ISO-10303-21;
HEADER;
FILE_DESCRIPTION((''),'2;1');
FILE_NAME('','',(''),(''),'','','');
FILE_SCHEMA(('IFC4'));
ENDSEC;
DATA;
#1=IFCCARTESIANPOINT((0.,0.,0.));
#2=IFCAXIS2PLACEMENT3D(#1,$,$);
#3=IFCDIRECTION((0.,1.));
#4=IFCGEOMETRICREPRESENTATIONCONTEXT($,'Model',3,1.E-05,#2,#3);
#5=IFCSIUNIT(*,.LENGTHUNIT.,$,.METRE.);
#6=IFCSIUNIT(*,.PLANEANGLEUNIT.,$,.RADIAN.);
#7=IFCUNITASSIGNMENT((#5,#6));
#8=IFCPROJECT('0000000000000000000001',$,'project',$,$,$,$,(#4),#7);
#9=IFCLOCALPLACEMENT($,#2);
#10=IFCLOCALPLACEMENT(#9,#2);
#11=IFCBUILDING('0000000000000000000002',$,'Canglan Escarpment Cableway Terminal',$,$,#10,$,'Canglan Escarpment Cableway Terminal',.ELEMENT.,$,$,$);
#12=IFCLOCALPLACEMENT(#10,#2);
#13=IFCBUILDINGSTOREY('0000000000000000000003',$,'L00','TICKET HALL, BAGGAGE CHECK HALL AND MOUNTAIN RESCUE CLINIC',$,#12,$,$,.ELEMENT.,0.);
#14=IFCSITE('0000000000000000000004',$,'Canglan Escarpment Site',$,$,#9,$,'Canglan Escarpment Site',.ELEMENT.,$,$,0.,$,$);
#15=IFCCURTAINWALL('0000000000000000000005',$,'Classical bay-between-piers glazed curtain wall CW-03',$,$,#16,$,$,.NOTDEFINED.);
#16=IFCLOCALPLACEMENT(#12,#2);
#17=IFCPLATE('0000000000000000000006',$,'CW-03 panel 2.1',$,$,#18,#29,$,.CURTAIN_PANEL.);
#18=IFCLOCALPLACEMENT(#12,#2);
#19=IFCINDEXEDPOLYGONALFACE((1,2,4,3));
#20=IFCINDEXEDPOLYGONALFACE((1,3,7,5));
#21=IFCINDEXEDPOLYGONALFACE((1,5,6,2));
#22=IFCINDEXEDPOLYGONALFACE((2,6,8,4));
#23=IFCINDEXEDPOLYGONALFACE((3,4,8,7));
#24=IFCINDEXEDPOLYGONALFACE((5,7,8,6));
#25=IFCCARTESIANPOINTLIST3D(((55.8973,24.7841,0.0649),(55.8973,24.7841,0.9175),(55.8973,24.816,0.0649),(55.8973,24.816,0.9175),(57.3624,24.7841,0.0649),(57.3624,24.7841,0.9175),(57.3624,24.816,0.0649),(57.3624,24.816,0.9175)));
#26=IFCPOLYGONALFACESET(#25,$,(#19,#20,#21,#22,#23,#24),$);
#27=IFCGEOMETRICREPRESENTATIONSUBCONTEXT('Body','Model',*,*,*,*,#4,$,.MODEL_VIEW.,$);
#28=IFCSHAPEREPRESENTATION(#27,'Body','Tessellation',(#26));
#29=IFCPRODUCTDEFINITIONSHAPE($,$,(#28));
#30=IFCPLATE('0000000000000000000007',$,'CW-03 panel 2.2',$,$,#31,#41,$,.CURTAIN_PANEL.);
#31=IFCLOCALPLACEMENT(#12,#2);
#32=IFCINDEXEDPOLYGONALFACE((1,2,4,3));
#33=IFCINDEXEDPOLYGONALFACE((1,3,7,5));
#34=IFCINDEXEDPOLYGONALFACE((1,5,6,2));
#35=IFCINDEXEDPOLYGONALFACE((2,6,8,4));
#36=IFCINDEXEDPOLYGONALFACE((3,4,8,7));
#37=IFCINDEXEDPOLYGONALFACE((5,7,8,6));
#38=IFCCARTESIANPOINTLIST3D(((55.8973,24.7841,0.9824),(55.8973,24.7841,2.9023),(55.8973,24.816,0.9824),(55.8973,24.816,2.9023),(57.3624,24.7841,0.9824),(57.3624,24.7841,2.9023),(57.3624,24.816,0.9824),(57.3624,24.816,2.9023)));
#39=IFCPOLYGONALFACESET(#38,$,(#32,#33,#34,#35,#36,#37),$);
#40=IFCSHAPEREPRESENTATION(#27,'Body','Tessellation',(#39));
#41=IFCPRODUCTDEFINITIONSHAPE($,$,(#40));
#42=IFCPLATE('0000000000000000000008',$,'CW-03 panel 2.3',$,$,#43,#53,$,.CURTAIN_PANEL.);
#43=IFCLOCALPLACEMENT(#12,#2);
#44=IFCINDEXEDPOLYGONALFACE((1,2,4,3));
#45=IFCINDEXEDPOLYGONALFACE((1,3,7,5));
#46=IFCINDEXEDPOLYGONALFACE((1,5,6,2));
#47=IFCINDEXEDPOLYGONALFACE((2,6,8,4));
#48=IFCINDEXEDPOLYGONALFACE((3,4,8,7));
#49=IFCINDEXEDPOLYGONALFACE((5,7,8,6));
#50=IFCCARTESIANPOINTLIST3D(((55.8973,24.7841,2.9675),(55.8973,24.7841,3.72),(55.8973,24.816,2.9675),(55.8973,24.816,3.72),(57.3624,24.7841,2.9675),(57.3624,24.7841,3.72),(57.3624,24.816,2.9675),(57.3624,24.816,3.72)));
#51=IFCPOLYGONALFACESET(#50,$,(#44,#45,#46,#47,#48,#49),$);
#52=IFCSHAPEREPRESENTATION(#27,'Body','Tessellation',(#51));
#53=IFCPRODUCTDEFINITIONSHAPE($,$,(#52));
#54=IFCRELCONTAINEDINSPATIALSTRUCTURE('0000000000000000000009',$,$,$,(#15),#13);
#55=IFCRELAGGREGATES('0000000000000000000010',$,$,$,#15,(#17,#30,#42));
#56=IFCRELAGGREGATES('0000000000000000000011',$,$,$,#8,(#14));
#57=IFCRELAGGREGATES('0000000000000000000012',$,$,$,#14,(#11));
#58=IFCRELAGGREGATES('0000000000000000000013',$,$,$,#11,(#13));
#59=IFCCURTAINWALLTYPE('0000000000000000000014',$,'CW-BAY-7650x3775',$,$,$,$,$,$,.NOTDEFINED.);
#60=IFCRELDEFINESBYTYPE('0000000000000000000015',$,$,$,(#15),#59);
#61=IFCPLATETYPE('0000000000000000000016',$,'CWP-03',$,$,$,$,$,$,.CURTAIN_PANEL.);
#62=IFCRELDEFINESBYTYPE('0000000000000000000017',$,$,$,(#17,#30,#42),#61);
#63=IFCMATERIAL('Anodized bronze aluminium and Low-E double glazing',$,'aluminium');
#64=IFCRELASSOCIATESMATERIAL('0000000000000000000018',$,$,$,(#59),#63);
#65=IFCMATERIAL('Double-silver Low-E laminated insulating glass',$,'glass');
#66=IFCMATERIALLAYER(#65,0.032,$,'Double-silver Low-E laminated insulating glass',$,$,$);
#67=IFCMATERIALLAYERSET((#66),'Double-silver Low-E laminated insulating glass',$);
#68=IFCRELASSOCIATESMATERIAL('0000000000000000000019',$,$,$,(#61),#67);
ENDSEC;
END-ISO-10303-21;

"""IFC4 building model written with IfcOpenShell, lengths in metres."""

from ifc_helpers import new_model, si_unit, direction, frame, origin, origin_2d, place, context, subcontext, project, spatial, rectangle, extrude, material, layer, layer_set, type_object, element, aggregate, save


model = new_model("IFC4")

# Units and contexts
model_context = context("Model", 3, precision=1e-05, world=origin(), true_north=direction((0.0, 1.0)))
body_context = subcontext(model_context, "Body", "Model", "MODEL_VIEW")
ifc_project = project(units=[si_unit("LENGTHUNIT", "METRE"), si_unit("PLANEANGLEUNIT", "RADIAN")], contexts=[model_context])

# Site, building, storey
site_placement = place(None, origin())
site = spatial("IfcSite", under=ifc_project, at=site_placement, Name="Canglan Escarpment Site", LongName="Canglan Escarpment Site", CompositionType="ELEMENT", RefElevation=0.0)
building_placement = place(site_placement, origin())
building = spatial("IfcBuilding", under=site, at=building_placement, Name="Canglan Escarpment Cableway Terminal", LongName="Canglan Escarpment Cableway Terminal", CompositionType="ELEMENT")
storey_placement = place(building_placement, origin())
storey = spatial("IfcBuildingStorey", under=building, at=storey_placement, Name="L00", Description="TICKET HALL, BAGGAGE CHECK HALL AND MOUNTAIN RESCUE CLINIC", CompositionType="ELEMENT", Elevation=0.0)

# Curtain wall
ifc_material_1 = material(Name="Anodized bronze aluminium and Low-E double glazing", Category="aluminium")
curtain_wall_type = type_object("IfcCurtainWallType", Name="CW-BAY-7650x3775", PredefinedType="NOTDEFINED", material=ifc_material_1)
curtain_wall_placement = place(storey_placement, origin())
curtain_wall = element("IfcCurtainWall", 1, at=curtain_wall_placement, inside=storey, type_object=curtain_wall_type, Name="Classical bay-between-piers glazed curtain wall CW-03", PredefinedType="NOTDEFINED")

# Plates
ifc_material_2 = material(Name="Double-silver Low-E laminated insulating glass", Category="glass")
ifc_layer = layer(ifc_material_2, 0.032, Name="Double-silver Low-E laminated insulating glass")
ifc_layer_set = layer_set([ifc_layer], Name="Double-silver Low-E laminated insulating glass")
plate_type = type_object("IfcPlateType", Name="CWP-03", PredefinedType="CURTAIN_PANEL", material=ifc_layer_set)
plate_1_placement = place(storey_placement, frame((56.6299, 24.8, 0.0649), z_axis=(0.0, 0.0, 1.0), x_axis=(-1.0, 0.0, 0.0)))
plate_1 = element("IfcPlate", 2, at=plate_1_placement, type_object=plate_type, Name="CW-03 panel 2.1", PredefinedType="CURTAIN_PANEL", context=body_context, shape_type="SweptSolid", body=[
    extrude(rectangle(XDim=1.4651, YDim=0.032, at=origin_2d()), origin(), (0.0, 0.0, 1.0), 0.8525),
])
plate_2_placement = place(storey_placement, frame((56.6299, 24.8, 0.9824), z_axis=(0.0, 0.0, 1.0), x_axis=(-1.0, 0.0, 0.0)))
plate_2 = element("IfcPlate", 3, at=plate_2_placement, type_object=plate_type, Name="CW-03 panel 2.2", PredefinedType="CURTAIN_PANEL", context=body_context, shape_type="SweptSolid", body=[
    extrude(rectangle(XDim=1.4651, YDim=0.032, at=origin_2d()), origin(), (0.0, 0.0, 1.0), 1.9199),
])
plate_3_placement = place(storey_placement, frame((56.6299, 24.8, 2.9675), z_axis=(0.0, 0.0, 1.0), x_axis=(-1.0, 0.0, 0.0)))
plate_3 = element("IfcPlate", 4, at=plate_3_placement, type_object=plate_type, Name="CW-03 panel 2.3", PredefinedType="CURTAIN_PANEL", context=body_context, shape_type="SweptSolid", body=[
    extrude(rectangle(XDim=1.4651, YDim=0.032, at=origin_2d()), origin(), (0.0, 0.0, 1.0), 0.7524),
])
aggregate(curtain_wall, [plate_1, plate_2, plate_3])

save(model, "model.ifc")
